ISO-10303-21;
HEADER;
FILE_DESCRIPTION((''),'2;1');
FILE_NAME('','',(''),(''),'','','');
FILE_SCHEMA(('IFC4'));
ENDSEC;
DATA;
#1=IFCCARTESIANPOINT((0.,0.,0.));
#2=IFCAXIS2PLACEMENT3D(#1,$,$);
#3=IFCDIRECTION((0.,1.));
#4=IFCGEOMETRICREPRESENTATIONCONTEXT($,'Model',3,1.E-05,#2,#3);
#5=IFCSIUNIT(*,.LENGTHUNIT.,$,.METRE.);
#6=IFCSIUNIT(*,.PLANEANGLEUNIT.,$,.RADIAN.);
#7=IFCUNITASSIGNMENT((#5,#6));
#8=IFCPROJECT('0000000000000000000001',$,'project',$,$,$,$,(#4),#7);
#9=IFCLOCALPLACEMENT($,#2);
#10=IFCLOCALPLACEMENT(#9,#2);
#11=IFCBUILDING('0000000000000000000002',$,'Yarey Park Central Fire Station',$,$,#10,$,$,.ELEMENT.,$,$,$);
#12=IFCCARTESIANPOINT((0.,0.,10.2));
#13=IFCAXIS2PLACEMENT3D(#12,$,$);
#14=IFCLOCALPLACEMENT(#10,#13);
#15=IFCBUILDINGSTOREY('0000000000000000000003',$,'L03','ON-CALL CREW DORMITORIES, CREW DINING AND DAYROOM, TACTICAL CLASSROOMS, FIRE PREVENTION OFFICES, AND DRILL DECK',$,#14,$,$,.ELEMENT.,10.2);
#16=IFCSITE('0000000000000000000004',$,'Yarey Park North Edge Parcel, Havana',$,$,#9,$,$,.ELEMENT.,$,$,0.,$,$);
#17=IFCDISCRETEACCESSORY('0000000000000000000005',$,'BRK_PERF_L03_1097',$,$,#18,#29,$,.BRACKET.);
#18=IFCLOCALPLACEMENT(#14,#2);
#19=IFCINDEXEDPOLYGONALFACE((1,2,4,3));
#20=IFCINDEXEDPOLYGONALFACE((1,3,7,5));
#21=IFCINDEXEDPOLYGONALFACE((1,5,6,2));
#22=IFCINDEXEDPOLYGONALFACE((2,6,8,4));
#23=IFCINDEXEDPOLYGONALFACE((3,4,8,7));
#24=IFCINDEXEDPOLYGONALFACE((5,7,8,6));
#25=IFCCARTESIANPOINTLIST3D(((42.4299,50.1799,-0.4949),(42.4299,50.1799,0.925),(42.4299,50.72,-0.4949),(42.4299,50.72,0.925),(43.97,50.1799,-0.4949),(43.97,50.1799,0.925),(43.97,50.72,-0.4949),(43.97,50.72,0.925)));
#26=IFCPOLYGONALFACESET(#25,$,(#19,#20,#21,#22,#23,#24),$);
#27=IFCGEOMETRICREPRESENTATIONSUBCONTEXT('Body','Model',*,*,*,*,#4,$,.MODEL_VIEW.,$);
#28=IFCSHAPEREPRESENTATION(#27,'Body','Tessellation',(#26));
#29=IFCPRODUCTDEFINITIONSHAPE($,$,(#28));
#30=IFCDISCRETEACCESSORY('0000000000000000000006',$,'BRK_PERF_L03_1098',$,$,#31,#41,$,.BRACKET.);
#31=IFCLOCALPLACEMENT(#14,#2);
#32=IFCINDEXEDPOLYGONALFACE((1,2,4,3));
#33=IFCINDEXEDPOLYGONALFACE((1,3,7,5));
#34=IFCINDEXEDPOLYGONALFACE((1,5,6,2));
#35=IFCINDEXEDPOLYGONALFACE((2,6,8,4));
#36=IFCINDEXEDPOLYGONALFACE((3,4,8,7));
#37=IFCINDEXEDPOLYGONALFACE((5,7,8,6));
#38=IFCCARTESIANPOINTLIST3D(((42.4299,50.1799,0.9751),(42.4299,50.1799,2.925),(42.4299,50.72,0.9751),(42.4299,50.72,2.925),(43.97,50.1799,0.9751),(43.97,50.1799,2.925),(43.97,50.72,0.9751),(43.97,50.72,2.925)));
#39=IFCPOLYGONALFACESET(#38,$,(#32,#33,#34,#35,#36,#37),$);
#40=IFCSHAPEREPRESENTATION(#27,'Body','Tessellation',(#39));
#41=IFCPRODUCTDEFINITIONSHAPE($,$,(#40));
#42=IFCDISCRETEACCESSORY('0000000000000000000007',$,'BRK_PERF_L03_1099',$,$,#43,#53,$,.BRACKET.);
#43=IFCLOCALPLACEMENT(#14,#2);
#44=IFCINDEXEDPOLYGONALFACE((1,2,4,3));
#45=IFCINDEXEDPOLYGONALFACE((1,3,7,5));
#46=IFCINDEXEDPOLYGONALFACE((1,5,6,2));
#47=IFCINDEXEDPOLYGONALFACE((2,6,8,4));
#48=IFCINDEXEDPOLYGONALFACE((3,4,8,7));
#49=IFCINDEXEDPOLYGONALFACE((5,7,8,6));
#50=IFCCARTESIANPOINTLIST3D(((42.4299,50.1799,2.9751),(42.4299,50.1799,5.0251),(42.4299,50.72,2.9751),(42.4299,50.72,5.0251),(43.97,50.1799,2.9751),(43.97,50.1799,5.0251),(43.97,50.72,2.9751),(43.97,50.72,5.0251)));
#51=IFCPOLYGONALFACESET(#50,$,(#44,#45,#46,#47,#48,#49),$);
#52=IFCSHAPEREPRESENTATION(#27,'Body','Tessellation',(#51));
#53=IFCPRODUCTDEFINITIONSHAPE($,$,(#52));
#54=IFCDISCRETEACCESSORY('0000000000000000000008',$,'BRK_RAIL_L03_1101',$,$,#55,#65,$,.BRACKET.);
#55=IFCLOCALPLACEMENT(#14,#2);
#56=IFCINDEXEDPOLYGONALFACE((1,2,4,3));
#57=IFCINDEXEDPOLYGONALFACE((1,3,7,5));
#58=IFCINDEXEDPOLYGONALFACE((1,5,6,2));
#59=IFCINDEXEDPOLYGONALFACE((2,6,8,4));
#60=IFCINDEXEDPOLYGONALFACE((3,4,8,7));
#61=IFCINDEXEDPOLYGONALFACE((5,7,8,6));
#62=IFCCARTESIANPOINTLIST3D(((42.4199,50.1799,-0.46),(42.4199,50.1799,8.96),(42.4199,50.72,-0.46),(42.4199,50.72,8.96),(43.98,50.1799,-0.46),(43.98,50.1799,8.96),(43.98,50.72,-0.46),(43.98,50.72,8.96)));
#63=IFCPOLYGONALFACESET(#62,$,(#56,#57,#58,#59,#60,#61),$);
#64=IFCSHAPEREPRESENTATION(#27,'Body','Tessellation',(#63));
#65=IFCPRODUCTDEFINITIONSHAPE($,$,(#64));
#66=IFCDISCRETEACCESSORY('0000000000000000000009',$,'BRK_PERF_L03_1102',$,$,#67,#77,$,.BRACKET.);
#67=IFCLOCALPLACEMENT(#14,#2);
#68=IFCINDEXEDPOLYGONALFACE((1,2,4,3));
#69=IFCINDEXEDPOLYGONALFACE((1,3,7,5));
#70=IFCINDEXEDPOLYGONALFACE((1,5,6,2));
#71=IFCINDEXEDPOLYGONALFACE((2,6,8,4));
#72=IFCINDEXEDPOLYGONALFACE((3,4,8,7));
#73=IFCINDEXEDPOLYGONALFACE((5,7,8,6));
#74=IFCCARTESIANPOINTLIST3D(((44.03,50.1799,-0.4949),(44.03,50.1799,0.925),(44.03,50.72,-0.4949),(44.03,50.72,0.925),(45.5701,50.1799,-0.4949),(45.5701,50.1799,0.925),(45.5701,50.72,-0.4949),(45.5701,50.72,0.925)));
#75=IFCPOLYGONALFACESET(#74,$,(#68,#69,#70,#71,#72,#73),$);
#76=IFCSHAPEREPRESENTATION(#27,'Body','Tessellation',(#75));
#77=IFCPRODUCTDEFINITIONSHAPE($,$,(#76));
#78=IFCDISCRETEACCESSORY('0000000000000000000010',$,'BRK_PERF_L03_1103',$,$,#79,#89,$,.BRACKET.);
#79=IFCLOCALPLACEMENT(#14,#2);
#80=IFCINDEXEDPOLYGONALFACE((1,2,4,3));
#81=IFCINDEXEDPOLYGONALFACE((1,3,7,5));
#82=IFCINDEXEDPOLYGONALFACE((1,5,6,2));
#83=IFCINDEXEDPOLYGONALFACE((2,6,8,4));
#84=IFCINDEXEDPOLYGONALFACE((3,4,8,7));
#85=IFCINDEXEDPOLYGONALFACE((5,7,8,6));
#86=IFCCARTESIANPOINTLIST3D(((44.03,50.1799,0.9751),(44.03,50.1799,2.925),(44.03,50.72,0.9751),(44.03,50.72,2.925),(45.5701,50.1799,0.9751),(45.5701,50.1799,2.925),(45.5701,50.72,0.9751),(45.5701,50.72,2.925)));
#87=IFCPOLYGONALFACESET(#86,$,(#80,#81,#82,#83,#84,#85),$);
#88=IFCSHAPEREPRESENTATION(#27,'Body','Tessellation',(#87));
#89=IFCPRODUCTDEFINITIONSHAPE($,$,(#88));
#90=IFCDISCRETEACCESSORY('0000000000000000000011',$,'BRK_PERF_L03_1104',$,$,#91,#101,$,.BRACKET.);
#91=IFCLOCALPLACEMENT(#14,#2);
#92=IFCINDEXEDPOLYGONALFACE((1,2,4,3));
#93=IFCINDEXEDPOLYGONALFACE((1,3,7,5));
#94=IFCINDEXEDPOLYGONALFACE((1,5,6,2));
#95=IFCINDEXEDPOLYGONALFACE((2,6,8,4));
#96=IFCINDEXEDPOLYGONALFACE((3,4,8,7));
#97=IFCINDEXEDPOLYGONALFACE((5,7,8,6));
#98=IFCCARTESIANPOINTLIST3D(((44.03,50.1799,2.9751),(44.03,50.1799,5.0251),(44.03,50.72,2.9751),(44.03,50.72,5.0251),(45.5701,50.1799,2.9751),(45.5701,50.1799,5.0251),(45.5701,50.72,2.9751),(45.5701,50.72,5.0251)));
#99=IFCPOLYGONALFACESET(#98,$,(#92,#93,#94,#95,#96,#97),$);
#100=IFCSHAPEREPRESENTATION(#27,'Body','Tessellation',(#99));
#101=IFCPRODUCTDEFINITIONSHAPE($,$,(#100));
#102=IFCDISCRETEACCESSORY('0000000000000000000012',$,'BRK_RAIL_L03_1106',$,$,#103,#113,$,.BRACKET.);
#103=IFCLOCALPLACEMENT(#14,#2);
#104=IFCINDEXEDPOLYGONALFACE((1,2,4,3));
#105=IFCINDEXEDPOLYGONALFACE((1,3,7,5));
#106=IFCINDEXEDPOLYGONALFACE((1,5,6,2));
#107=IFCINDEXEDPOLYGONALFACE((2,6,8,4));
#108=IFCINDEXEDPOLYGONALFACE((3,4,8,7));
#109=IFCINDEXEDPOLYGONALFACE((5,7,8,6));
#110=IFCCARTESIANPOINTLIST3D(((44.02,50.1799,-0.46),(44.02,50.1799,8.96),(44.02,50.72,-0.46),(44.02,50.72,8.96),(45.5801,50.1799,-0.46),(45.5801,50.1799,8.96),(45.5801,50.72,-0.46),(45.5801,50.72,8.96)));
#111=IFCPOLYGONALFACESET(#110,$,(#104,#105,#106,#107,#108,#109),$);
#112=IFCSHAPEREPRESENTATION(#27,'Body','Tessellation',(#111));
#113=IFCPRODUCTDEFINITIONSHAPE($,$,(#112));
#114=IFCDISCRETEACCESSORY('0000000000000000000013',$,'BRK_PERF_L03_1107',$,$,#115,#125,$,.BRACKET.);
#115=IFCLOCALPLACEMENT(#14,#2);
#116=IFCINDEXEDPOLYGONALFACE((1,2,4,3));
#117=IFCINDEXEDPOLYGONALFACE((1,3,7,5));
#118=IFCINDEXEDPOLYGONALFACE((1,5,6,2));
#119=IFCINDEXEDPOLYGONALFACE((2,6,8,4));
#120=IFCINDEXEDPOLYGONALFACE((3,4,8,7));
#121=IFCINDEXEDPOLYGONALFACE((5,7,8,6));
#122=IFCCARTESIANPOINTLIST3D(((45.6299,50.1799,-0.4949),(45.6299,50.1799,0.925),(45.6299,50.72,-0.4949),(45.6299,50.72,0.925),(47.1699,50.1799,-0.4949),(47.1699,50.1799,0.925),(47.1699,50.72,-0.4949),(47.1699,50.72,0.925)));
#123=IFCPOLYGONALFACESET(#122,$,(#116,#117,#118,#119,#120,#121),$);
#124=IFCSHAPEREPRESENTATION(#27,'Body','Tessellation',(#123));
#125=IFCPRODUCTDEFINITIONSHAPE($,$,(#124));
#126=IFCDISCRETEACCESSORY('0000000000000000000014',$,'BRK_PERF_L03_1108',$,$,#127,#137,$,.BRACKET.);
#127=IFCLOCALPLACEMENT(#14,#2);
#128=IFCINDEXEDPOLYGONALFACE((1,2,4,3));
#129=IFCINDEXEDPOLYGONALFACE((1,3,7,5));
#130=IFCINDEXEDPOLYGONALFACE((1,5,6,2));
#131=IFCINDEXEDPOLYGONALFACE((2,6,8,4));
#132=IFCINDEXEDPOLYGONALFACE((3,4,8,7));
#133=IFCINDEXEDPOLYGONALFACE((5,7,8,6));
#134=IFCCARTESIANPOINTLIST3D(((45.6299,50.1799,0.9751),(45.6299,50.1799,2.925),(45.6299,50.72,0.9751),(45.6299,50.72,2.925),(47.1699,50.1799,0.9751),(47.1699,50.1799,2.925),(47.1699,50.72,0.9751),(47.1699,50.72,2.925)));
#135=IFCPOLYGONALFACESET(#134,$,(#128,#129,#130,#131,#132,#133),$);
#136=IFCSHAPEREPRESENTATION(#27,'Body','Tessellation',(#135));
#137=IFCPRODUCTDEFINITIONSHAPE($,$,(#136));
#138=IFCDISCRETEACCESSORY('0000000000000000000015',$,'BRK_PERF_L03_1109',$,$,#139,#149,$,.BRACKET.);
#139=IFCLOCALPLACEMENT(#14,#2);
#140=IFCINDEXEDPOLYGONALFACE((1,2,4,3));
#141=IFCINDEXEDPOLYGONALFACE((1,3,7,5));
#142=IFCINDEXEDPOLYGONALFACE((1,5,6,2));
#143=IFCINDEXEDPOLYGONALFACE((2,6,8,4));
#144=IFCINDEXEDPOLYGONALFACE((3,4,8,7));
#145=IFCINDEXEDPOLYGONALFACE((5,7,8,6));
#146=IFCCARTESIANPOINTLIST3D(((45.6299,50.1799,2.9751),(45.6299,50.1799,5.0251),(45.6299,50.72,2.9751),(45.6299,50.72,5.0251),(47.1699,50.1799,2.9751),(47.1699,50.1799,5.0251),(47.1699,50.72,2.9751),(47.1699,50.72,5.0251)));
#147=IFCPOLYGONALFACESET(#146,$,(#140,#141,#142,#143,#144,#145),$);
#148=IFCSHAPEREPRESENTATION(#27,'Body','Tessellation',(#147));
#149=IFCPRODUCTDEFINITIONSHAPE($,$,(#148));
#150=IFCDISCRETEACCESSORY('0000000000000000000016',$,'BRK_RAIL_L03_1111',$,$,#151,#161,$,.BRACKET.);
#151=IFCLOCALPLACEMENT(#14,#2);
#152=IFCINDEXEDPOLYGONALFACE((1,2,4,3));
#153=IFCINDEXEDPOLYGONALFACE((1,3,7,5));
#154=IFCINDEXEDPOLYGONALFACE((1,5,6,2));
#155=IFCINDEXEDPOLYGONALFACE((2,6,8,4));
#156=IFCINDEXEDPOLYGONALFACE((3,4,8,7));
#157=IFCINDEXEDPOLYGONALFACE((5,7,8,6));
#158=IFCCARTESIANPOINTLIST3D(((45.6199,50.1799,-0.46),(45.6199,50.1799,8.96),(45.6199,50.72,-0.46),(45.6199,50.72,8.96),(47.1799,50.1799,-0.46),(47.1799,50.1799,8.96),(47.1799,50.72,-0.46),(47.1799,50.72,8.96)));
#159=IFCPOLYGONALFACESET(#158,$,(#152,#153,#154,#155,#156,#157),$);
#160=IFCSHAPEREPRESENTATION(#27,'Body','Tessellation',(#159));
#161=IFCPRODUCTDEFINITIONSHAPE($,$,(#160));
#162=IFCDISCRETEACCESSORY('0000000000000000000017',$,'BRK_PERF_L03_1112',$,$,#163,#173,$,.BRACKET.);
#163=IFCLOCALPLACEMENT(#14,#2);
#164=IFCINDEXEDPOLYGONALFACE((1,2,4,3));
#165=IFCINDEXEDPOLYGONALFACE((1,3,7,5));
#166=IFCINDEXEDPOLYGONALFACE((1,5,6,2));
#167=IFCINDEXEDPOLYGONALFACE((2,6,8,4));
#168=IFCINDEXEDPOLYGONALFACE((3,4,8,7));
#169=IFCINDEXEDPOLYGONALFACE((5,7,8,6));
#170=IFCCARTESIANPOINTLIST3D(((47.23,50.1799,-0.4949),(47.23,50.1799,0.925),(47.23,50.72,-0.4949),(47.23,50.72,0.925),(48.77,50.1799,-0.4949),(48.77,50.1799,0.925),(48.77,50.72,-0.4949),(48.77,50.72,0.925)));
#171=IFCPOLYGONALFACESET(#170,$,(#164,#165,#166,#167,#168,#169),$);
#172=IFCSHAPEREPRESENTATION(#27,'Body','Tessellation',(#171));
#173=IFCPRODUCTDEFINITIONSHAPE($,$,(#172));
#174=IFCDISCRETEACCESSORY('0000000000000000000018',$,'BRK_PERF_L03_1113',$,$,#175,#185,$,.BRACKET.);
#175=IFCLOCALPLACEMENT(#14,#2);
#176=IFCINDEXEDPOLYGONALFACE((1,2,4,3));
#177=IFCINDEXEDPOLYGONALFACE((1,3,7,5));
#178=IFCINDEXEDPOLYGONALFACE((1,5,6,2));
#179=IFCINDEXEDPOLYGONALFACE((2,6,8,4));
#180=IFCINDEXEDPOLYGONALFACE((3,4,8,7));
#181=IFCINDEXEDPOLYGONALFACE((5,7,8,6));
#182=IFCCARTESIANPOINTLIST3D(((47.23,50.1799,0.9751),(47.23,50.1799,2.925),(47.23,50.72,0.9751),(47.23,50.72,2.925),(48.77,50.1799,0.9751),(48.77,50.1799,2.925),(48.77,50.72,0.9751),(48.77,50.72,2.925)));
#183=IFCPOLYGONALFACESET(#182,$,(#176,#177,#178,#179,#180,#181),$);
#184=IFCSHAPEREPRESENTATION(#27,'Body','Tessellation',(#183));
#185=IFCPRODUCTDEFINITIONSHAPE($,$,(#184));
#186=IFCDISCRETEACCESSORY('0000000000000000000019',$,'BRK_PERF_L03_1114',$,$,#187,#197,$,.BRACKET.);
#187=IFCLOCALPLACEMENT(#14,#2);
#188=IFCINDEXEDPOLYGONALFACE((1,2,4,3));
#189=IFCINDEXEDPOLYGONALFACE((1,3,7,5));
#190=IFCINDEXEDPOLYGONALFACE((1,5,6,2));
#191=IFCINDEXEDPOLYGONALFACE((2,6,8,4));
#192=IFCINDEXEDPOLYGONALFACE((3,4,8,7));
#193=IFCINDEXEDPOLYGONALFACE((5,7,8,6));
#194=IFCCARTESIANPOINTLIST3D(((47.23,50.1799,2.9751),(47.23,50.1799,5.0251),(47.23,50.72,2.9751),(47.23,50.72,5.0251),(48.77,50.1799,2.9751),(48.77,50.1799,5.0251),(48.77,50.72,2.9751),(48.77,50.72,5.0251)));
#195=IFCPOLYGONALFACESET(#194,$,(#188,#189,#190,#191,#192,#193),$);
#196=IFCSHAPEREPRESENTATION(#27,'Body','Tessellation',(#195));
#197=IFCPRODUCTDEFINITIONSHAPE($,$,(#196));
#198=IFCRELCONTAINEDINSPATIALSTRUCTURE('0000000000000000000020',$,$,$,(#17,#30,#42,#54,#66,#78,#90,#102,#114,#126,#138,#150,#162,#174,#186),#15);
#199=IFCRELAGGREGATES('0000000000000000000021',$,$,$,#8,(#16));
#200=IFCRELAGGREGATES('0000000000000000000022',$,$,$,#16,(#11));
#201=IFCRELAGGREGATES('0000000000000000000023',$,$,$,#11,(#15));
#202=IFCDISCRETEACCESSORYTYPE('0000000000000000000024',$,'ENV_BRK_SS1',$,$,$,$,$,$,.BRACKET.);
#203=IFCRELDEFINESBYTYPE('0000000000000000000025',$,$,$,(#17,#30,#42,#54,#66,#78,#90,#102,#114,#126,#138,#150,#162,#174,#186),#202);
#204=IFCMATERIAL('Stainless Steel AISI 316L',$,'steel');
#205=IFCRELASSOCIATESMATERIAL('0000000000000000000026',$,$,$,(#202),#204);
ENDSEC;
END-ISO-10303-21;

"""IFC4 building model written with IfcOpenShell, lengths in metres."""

from ifc_helpers import new_model, si_unit, direction, frame, origin, origin_2d, place, context, subcontext, project, spatial, rectangle, extrude, material, type_object, element, save


model = new_model("IFC4")

# Units and contexts
model_context = context("Model", 3, precision=1e-05, world=origin(), true_north=direction((0.0, 1.0)))
body_context = subcontext(model_context, "Body", "Model", "MODEL_VIEW")
ifc_project = project(units=[si_unit("LENGTHUNIT", "METRE"), si_unit("PLANEANGLEUNIT", "RADIAN")], contexts=[model_context])

# Site, building, storey
site_placement = place(None, origin())
site = spatial("IfcSite", under=ifc_project, at=site_placement, Name="Yarey Park North Edge Parcel, Havana", CompositionType="ELEMENT", RefElevation=0.0)
building_placement = place(site_placement, origin())
building = spatial("IfcBuilding", under=site, at=building_placement, Name="Yarey Park Central Fire Station", CompositionType="ELEMENT")
storey_placement = place(building_placement, frame((0.0, 0.0, 10.2)))
storey = spatial("IfcBuildingStorey", under=building, at=storey_placement, Name="L03", Description="ON-CALL CREW DORMITORIES, CREW DINING AND DAYROOM, TACTICAL CLASSROOMS, FIRE PREVENTION OFFICES, AND DRILL DECK", CompositionType="ELEMENT", Elevation=10.2)

# Discrete accessories
ifc_material_1 = material(Name="Stainless Steel AISI 316L", Category="steel")
discrete_accessory_type = type_object("IfcDiscreteAccessoryType", Name="ENV_BRK_SS1", PredefinedType="BRACKET", material=ifc_material_1)
discrete_accessory_1_placement = place(storey_placement, frame((43.2, 50.45, -0.4949), z_axis=(0.0, 0.0, 1.0), x_axis=(1.0, 0.0, 0.0)))
element("IfcDiscreteAccessory", 1, at=discrete_accessory_1_placement, inside=storey, type_object=discrete_accessory_type, Name="BRK_PERF_L03_1097", PredefinedType="BRACKET", context=body_context, shape_type="SweptSolid", body=[
    extrude(rectangle(XDim=1.54, YDim=0.54, at=origin_2d()), origin(), (0.0, 0.0, 1.0), 1.4199),
])
discrete_accessory_2_placement = place(storey_placement, frame((43.2, 50.45, 0.9751), z_axis=(0.0, 0.0, 1.0), x_axis=(1.0, 0.0, 0.0)))
element("IfcDiscreteAccessory", 2, at=discrete_accessory_2_placement, inside=storey, type_object=discrete_accessory_type, Name="BRK_PERF_L03_1098", PredefinedType="BRACKET", context=body_context, shape_type="SweptSolid", body=[
    extrude(rectangle(XDim=1.54, YDim=0.54, at=origin_2d()), origin(), (0.0, 0.0, 1.0), 1.95),
])
discrete_accessory_3_placement = place(storey_placement, frame((43.2, 50.45, 2.9751), z_axis=(0.0, 0.0, 1.0), x_axis=(1.0, 0.0, 0.0)))
element("IfcDiscreteAccessory", 3, at=discrete_accessory_3_placement, inside=storey, type_object=discrete_accessory_type, Name="BRK_PERF_L03_1099", PredefinedType="BRACKET", context=body_context, shape_type="SweptSolid", body=[
    extrude(rectangle(XDim=1.54, YDim=0.54, at=origin_2d()), origin(), (0.0, 0.0, 1.0), 2.05),
])
discrete_accessory_4_placement = place(storey_placement, frame((43.2, 50.45, -0.46), z_axis=(0.0, 0.0, 1.0), x_axis=(1.0, 0.0, 0.0)))
element("IfcDiscreteAccessory", 4, at=discrete_accessory_4_placement, inside=storey, type_object=discrete_accessory_type, Name="BRK_RAIL_L03_1101", PredefinedType="BRACKET", context=body_context, shape_type="SweptSolid", body=[
    extrude(rectangle(XDim=1.5601, YDim=0.54, at=origin_2d()), origin(), (0.0, 0.0, 1.0), 9.4199),
])
discrete_accessory_5_placement = place(storey_placement, frame((44.8, 50.45, -0.4949), z_axis=(0.0, 0.0, 1.0), x_axis=(1.0, 0.0, 0.0)))
element("IfcDiscreteAccessory", 5, at=discrete_accessory_5_placement, inside=storey, type_object=discrete_accessory_type, Name="BRK_PERF_L03_1102", PredefinedType="BRACKET", context=body_context, shape_type="SweptSolid", body=[
    extrude(rectangle(XDim=1.54, YDim=0.54, at=origin_2d()), origin(), (0.0, 0.0, 1.0), 1.4199),
])
discrete_accessory_6_placement = place(storey_placement, frame((44.8, 50.45, 0.9751), z_axis=(0.0, 0.0, 1.0), x_axis=(1.0, 0.0, 0.0)))
element("IfcDiscreteAccessory", 6, at=discrete_accessory_6_placement, inside=storey, type_object=discrete_accessory_type, Name="BRK_PERF_L03_1103", PredefinedType="BRACKET", context=body_context, shape_type="SweptSolid", body=[
    extrude(rectangle(XDim=1.54, YDim=0.54, at=origin_2d()), origin(), (0.0, 0.0, 1.0), 1.95),
])
discrete_accessory_7_placement = place(storey_placement, frame((44.8, 50.45, 2.9751), z_axis=(0.0, 0.0, 1.0), x_axis=(1.0, 0.0, 0.0)))
element("IfcDiscreteAccessory", 7, at=discrete_accessory_7_placement, inside=storey, type_object=discrete_accessory_type, Name="BRK_PERF_L03_1104", PredefinedType="BRACKET", context=body_context, shape_type="SweptSolid", body=[
    extrude(rectangle(XDim=1.54, YDim=0.54, at=origin_2d()), origin(), (0.0, 0.0, 1.0), 2.05),
])
discrete_accessory_8_placement = place(storey_placement, frame((44.8, 50.45, -0.46), z_axis=(0.0, 0.0, 1.0), x_axis=(1.0, 0.0, 0.0)))
element("IfcDiscreteAccessory", 8, at=discrete_accessory_8_placement, inside=storey, type_object=discrete_accessory_type, Name="BRK_RAIL_L03_1106", PredefinedType="BRACKET", context=body_context, shape_type="SweptSolid", body=[
    extrude(rectangle(XDim=1.5601, YDim=0.54, at=origin_2d()), origin(), (0.0, 0.0, 1.0), 9.4199),
])
discrete_accessory_9_placement = place(storey_placement, frame((46.3999, 50.45, -0.4949), z_axis=(0.0, 0.0, 1.0), x_axis=(1.0, 0.0, 0.0)))
element("IfcDiscreteAccessory", 9, at=discrete_accessory_9_placement, inside=storey, type_object=discrete_accessory_type, Name="BRK_PERF_L03_1107", PredefinedType="BRACKET", context=body_context, shape_type="SweptSolid", body=[
    extrude(rectangle(XDim=1.54, YDim=0.54, at=origin_2d()), origin(), (0.0, 0.0, 1.0), 1.4199),
])
discrete_accessory_10_placement = place(storey_placement, frame((46.3999, 50.45, 0.9751), z_axis=(0.0, 0.0, 1.0), x_axis=(1.0, 0.0, 0.0)))
element("IfcDiscreteAccessory", 10, at=discrete_accessory_10_placement, inside=storey, type_object=discrete_accessory_type, Name="BRK_PERF_L03_1108", PredefinedType="BRACKET", context=body_context, shape_type="SweptSolid", body=[
    extrude(rectangle(XDim=1.54, YDim=0.54, at=origin_2d()), origin(), (0.0, 0.0, 1.0), 1.95),
])
discrete_accessory_11_placement = place(storey_placement, frame((46.3999, 50.45, 2.9751), z_axis=(0.0, 0.0, 1.0), x_axis=(1.0, 0.0, 0.0)))
element("IfcDiscreteAccessory", 11, at=discrete_accessory_11_placement, inside=storey, type_object=discrete_accessory_type, Name="BRK_PERF_L03_1109", PredefinedType="BRACKET", context=body_context, shape_type="SweptSolid", body=[
    extrude(rectangle(XDim=1.54, YDim=0.54, at=origin_2d()), origin(), (0.0, 0.0, 1.0), 2.05),
])
discrete_accessory_12_placement = place(storey_placement, frame((46.3999, 50.45, -0.46), z_axis=(0.0, 0.0, 1.0), x_axis=(1.0, 0.0, 0.0)))
element("IfcDiscreteAccessory", 12, at=discrete_accessory_12_placement, inside=storey, type_object=discrete_accessory_type, Name="BRK_RAIL_L03_1111", PredefinedType="BRACKET", context=body_context, shape_type="SweptSolid", body=[
    extrude(rectangle(XDim=1.5601, YDim=0.54, at=origin_2d()), origin(), (0.0, 0.0, 1.0), 9.4199),
])
discrete_accessory_13_placement = place(storey_placement, frame((48.0, 50.45, -0.4949), z_axis=(0.0, 0.0, 1.0), x_axis=(1.0, 0.0, 0.0)))
element("IfcDiscreteAccessory", 13, at=discrete_accessory_13_placement, inside=storey, type_object=discrete_accessory_type, Name="BRK_PERF_L03_1112", PredefinedType="BRACKET", context=body_context, shape_type="SweptSolid", body=[
    extrude(rectangle(XDim=1.54, YDim=0.54, at=origin_2d()), origin(), (0.0, 0.0, 1.0), 1.4199),
])
discrete_accessory_14_placement = place(storey_placement, frame((48.0, 50.45, 0.9751), z_axis=(0.0, 0.0, 1.0), x_axis=(1.0, 0.0, 0.0)))
element("IfcDiscreteAccessory", 14, at=discrete_accessory_14_placement, inside=storey, type_object=discrete_accessory_type, Name="BRK_PERF_L03_1113", PredefinedType="BRACKET", context=body_context, shape_type="SweptSolid", body=[
    extrude(rectangle(XDim=1.54, YDim=0.54, at=origin_2d()), origin(), (0.0, 0.0, 1.0), 1.95),
])
discrete_accessory_15_placement = place(storey_placement, frame((48.0, 50.45, 2.9751), z_axis=(0.0, 0.0, 1.0), x_axis=(1.0, 0.0, 0.0)))
element("IfcDiscreteAccessory", 15, at=discrete_accessory_15_placement, inside=storey, type_object=discrete_accessory_type, Name="BRK_PERF_L03_1114", PredefinedType="BRACKET", context=body_context, shape_type="SweptSolid", body=[
    extrude(rectangle(XDim=1.54, YDim=0.54, at=origin_2d()), origin(), (0.0, 0.0, 1.0), 2.05),
])

save(model, "model.ifc")
